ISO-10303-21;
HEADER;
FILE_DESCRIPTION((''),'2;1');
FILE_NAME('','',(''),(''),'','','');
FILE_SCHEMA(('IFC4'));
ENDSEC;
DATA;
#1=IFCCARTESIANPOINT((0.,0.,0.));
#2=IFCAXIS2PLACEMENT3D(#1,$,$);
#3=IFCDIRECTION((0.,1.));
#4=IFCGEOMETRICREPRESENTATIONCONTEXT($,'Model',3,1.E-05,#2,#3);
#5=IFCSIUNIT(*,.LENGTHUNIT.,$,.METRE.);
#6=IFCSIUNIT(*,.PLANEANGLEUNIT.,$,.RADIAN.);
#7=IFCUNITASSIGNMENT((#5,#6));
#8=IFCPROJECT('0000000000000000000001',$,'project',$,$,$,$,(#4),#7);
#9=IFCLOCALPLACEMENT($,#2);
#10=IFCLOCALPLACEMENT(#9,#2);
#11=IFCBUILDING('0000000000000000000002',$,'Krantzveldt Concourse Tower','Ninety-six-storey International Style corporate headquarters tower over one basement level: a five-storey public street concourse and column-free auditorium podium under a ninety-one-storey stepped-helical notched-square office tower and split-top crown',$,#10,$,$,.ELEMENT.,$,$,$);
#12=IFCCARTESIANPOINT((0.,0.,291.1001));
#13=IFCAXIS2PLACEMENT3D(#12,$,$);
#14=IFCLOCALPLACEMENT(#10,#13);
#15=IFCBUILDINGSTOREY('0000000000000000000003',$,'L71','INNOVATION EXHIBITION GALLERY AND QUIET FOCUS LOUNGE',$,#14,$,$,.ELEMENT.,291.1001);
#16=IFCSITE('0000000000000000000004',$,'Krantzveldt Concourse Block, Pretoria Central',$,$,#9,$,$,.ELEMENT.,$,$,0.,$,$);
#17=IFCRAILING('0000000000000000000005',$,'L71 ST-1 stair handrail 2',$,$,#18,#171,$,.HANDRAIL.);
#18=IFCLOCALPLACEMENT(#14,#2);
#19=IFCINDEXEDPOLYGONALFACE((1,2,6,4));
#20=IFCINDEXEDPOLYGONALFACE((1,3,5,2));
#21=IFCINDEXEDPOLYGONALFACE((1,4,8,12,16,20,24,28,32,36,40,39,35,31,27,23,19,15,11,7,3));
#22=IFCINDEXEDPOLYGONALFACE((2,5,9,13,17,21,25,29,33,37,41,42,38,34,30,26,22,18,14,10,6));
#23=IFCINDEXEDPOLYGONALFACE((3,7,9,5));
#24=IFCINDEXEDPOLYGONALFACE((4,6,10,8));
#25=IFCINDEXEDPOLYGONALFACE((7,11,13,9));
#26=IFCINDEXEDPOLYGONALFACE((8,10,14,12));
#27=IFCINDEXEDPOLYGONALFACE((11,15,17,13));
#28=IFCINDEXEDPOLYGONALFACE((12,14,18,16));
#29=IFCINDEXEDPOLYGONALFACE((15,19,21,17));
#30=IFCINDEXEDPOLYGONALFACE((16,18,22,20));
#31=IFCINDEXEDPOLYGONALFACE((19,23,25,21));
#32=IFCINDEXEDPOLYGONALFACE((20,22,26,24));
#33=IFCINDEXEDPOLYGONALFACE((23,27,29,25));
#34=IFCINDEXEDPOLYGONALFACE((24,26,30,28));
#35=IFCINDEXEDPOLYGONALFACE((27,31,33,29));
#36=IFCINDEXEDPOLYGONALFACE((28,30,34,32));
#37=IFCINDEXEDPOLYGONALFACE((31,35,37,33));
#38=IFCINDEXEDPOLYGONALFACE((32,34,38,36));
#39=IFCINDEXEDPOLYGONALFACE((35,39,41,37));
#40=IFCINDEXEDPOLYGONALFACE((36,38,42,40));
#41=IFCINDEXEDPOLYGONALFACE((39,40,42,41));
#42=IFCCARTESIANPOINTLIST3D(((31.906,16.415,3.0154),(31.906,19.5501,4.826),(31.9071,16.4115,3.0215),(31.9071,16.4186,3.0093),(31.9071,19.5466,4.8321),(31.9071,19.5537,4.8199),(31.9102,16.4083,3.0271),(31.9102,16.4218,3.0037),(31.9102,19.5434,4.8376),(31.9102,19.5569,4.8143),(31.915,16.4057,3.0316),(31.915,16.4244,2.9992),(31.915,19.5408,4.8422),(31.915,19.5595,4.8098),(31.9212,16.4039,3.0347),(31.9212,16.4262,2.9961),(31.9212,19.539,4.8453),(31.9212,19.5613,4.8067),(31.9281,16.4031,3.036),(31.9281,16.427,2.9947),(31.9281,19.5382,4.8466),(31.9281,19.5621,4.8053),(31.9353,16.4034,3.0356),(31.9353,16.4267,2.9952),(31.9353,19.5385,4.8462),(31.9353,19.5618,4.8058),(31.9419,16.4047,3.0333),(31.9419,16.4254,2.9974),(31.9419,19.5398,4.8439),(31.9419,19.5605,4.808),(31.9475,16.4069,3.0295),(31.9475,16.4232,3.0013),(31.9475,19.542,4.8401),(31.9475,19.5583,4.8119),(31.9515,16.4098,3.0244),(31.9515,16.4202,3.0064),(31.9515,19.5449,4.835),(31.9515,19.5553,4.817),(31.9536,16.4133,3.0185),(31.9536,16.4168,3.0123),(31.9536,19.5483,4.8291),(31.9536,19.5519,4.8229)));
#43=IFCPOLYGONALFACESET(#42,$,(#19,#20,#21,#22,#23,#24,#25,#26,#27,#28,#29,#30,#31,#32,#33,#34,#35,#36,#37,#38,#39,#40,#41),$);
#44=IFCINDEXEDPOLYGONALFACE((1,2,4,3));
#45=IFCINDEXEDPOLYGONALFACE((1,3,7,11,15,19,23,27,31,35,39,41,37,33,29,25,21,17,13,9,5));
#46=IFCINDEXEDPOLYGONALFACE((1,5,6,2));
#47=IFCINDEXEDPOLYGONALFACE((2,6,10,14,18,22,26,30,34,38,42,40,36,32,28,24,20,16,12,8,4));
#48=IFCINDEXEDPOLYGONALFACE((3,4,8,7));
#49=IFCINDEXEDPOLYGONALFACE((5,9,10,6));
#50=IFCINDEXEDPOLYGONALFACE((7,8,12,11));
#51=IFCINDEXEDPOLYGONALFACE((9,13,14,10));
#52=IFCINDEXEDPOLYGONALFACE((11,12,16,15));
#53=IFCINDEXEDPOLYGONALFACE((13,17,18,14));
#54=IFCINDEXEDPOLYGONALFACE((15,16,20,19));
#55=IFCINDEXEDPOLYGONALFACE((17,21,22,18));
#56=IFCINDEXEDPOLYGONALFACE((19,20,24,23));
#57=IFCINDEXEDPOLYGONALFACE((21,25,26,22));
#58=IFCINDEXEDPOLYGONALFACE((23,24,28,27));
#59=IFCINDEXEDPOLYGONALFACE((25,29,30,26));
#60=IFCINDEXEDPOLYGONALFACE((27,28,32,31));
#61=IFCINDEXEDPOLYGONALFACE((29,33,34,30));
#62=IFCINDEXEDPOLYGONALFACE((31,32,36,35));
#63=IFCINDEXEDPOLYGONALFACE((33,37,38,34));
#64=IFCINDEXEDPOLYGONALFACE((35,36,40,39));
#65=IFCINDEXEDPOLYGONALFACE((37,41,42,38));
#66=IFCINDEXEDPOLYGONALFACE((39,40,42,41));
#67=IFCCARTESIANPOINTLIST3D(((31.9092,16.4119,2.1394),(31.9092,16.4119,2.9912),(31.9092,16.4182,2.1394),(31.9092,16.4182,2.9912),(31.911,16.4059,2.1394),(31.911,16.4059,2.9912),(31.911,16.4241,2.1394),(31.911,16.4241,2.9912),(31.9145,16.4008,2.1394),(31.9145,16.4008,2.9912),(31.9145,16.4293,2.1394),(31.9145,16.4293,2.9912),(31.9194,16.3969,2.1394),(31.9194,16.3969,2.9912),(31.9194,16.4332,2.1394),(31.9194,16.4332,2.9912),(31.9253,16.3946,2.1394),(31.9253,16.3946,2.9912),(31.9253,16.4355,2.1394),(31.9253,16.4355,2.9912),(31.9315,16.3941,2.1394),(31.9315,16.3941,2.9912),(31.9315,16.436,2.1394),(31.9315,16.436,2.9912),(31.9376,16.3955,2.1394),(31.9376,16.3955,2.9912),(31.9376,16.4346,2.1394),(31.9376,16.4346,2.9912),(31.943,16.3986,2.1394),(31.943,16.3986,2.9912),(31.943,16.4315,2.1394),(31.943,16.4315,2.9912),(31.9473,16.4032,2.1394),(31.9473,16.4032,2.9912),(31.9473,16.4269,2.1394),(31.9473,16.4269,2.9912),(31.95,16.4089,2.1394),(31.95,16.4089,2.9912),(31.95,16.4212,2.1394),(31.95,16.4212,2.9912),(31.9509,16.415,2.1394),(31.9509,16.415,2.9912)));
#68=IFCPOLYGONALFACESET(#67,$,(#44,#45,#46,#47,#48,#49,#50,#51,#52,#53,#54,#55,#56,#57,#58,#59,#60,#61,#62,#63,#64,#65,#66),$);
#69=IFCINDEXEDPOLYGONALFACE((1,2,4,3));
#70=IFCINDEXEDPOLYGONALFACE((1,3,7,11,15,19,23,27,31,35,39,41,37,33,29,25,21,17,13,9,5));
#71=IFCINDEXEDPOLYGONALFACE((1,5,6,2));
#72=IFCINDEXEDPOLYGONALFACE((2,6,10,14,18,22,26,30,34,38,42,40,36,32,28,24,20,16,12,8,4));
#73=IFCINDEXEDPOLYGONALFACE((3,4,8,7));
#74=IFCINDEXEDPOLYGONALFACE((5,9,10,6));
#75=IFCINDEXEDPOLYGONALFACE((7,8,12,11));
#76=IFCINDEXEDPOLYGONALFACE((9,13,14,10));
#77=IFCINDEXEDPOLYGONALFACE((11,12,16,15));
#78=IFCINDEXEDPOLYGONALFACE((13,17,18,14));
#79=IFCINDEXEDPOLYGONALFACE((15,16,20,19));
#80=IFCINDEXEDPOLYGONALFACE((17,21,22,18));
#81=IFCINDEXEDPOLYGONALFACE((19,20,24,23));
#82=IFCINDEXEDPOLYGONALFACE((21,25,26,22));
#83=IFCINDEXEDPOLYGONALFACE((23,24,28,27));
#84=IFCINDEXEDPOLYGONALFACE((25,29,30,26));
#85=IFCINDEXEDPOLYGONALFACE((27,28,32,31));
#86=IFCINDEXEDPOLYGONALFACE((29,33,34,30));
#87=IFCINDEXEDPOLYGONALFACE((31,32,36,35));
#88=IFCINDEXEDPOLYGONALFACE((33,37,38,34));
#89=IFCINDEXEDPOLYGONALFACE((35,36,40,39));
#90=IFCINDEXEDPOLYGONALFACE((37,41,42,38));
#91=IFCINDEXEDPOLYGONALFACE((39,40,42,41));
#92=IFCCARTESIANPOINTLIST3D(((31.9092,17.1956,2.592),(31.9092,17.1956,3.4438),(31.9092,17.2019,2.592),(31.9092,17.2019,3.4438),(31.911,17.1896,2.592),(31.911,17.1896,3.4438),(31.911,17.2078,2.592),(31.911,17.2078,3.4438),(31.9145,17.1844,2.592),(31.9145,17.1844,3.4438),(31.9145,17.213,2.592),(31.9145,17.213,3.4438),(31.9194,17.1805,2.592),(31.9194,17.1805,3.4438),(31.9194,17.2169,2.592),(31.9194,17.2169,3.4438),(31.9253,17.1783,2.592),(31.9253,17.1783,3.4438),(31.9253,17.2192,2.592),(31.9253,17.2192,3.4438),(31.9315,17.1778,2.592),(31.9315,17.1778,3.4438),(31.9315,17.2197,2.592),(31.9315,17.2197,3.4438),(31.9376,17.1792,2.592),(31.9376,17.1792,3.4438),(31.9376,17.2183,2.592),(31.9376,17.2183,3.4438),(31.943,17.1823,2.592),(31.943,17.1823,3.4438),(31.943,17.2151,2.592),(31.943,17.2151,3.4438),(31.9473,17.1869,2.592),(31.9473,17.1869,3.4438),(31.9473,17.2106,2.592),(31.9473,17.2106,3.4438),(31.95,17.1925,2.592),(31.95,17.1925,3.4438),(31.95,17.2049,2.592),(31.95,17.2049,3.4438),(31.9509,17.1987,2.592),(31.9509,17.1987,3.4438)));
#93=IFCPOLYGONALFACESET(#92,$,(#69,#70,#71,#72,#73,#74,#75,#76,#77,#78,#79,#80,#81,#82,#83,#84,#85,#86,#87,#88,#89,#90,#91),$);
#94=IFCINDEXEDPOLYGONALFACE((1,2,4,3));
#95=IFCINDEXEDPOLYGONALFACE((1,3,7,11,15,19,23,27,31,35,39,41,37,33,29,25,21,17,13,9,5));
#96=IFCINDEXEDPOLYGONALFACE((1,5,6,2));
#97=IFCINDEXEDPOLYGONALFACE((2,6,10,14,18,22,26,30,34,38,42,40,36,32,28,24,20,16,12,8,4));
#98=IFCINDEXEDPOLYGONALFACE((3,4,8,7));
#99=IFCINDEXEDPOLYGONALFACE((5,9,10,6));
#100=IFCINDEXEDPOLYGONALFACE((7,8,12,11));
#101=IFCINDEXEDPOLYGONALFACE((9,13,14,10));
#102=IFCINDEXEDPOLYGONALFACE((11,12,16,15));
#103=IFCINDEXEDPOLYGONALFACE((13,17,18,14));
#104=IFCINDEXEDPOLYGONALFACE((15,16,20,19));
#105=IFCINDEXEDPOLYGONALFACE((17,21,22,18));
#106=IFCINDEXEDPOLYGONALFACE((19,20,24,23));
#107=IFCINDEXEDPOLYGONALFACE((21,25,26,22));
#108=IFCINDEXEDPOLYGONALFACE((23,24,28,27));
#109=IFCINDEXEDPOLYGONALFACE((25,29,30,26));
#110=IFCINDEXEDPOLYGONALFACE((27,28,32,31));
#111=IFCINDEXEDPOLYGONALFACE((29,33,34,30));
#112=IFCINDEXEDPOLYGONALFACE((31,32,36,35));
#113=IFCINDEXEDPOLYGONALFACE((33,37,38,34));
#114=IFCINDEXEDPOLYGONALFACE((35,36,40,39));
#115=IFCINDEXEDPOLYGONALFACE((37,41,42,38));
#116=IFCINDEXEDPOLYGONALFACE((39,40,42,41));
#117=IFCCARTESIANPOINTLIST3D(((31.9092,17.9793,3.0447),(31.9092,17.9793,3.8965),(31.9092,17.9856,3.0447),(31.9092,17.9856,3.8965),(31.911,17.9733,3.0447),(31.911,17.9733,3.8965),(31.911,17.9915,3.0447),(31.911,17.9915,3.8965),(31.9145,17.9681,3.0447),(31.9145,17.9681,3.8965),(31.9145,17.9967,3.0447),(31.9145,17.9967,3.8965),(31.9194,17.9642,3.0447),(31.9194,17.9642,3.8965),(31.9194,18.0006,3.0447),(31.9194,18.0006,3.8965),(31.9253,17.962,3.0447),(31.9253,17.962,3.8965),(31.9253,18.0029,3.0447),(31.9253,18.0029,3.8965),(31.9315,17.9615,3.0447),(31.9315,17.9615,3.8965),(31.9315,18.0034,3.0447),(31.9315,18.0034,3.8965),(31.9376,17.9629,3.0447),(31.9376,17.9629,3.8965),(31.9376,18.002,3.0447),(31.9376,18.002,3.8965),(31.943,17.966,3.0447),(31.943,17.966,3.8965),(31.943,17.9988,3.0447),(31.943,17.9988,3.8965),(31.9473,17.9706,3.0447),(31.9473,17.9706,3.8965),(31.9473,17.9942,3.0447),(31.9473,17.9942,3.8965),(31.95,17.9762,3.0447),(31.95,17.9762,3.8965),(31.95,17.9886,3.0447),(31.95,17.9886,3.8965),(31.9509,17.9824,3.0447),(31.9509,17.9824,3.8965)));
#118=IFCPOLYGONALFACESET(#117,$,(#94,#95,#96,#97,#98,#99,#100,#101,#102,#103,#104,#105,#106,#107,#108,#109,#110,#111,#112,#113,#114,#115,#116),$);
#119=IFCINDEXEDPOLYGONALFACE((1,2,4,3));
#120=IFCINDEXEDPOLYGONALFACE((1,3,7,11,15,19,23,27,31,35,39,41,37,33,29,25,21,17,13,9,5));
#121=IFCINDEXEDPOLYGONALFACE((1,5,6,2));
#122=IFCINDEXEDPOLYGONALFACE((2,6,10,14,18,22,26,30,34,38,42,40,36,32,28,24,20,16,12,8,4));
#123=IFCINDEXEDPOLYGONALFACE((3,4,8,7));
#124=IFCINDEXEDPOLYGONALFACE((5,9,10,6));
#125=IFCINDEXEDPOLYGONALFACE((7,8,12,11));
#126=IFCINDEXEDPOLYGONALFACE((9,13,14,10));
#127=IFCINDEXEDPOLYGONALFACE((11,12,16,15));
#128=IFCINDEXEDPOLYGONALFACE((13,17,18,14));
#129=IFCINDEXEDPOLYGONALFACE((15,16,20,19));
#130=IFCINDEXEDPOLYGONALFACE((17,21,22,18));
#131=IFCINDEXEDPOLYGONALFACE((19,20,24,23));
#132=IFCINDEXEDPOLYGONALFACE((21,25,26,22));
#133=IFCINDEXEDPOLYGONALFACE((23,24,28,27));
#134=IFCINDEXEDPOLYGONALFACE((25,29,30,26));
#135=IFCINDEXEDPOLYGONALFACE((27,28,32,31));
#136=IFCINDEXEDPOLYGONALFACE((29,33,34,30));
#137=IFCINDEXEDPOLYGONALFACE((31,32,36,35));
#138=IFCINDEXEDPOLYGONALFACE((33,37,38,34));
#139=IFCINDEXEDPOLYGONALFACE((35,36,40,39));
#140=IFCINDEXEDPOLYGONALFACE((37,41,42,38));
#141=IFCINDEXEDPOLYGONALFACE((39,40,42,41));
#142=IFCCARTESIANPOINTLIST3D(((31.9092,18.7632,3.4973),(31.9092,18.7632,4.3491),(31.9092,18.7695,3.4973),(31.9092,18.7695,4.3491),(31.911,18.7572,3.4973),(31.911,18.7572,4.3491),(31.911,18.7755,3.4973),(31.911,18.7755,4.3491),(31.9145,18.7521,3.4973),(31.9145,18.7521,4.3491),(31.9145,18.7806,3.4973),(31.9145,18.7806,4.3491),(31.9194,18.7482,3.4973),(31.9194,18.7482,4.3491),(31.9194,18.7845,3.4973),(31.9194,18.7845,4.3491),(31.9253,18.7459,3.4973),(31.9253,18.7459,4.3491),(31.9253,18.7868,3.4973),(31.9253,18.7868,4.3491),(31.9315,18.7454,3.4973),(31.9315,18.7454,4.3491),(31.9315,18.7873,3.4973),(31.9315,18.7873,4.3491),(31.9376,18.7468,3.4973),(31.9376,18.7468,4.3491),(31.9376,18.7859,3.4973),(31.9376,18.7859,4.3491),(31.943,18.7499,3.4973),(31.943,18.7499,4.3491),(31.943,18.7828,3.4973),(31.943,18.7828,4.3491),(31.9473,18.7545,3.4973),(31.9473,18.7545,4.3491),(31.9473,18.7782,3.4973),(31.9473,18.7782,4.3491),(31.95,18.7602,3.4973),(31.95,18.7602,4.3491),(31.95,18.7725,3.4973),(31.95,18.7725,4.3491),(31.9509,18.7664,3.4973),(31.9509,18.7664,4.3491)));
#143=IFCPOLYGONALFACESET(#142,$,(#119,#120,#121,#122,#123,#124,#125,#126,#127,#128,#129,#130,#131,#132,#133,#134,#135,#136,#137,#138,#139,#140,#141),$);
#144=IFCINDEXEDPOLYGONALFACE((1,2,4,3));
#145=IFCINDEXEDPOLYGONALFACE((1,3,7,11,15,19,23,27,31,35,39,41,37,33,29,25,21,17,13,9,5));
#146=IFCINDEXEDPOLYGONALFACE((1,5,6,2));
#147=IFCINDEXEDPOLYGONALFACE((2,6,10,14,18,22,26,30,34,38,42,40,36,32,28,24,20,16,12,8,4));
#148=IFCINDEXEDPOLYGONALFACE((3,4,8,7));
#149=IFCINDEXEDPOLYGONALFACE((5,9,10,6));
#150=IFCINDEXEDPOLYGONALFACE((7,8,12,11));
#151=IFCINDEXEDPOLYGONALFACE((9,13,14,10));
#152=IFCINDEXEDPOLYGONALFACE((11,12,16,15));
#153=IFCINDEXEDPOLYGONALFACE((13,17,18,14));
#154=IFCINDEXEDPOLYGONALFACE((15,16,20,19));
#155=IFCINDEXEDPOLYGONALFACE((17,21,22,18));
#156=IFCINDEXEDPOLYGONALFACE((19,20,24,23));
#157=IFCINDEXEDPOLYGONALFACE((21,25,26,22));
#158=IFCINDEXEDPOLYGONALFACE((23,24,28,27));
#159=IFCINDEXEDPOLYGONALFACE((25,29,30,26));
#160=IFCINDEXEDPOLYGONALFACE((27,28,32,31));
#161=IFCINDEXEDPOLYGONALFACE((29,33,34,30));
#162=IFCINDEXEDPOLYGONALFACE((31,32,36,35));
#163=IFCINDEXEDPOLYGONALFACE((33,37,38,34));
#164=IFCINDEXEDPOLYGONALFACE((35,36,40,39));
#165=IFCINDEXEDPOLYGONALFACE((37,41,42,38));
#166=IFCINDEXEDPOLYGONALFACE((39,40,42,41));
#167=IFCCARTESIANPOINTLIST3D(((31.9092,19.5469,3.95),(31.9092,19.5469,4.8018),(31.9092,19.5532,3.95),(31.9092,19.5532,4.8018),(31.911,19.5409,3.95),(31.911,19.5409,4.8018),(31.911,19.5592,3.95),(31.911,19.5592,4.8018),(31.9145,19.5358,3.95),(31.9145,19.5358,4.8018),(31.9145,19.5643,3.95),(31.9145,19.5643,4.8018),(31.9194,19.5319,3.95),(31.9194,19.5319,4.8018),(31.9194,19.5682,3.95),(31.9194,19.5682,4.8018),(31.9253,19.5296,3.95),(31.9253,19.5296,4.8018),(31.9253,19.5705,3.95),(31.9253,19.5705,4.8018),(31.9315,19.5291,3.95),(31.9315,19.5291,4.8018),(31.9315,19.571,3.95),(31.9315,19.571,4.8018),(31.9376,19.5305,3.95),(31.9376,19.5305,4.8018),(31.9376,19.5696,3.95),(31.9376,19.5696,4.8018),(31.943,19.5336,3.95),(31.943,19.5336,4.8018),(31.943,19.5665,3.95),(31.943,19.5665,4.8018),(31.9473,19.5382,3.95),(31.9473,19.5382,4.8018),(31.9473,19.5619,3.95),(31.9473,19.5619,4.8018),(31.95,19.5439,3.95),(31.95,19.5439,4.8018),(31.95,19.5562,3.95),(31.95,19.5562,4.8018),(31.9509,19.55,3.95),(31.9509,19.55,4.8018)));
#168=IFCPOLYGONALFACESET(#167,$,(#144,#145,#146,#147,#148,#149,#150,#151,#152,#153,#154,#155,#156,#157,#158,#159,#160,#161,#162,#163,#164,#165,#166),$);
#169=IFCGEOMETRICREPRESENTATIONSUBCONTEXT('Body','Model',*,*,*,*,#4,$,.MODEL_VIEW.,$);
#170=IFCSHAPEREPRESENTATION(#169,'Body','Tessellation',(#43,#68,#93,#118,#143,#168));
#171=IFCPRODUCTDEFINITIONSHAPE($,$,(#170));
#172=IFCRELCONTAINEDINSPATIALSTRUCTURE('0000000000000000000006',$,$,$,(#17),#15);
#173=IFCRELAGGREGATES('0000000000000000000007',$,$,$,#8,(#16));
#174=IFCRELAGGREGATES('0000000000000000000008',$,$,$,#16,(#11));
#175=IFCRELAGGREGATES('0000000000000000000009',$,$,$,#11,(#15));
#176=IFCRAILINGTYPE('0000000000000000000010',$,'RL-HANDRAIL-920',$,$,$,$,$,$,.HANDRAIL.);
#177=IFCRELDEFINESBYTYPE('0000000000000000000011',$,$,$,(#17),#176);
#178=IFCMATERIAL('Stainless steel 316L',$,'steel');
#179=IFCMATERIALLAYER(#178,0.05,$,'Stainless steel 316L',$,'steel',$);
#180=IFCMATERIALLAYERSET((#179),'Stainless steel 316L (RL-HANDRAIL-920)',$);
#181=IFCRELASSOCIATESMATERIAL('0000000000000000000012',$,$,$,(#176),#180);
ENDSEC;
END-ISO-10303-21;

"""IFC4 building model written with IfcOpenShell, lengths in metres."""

from ifc_helpers import new_model, si_unit, direction, frame, origin, origin_2d, place, context, subcontext, project, spatial, circle, extrude, material, layer, layer_set, type_object, element, save


model = new_model("IFC4")

# Units and contexts
model_context = context("Model", 3, precision=1e-05, world=origin(), true_north=direction((0.0, 1.0)))
body_context = subcontext(model_context, "Body", "Model", "MODEL_VIEW")
ifc_project = project(units=[si_unit("LENGTHUNIT", "METRE"), si_unit("PLANEANGLEUNIT", "RADIAN")], contexts=[model_context])

# Site, building, storey
site_placement = place(None, origin())
site = spatial("IfcSite", under=ifc_project, at=site_placement, Name="Krantzveldt Concourse Block, Pretoria Central", CompositionType="ELEMENT", RefElevation=0.0)
building_placement = place(site_placement, origin())
building = spatial("IfcBuilding", under=site, at=building_placement, Name="Krantzveldt Concourse Tower", Description="Ninety-six-storey International Style corporate headquarters tower over one basement level: a five-storey public street concourse and column-free auditorium podium under a ninety-one-storey stepped-helical notched-square office tower and split-top crown", CompositionType="ELEMENT")
storey_placement = place(building_placement, frame((0.0, 0.0, 291.1001)))
storey = spatial("IfcBuildingStorey", under=building, at=storey_placement, Name="L71", Description="INNOVATION EXHIBITION GALLERY AND QUIET FOCUS LOUNGE", CompositionType="ELEMENT", Elevation=291.1001)

# Railing
ifc_material_1 = material(Name="Stainless steel 316L", Category="steel")
ifc_layer_1 = layer(ifc_material_1, 0.05, Name="Stainless steel 316L", Category="steel")
ifc_layer_set_1 = layer_set([ifc_layer_1], Name="Stainless steel 316L (RL-HANDRAIL-920)")
railing_type_1 = type_object("IfcRailingType", Name="RL-HANDRAIL-920", PredefinedType="HANDRAIL", material=ifc_layer_set_1)
railing_1_placement = place(storey_placement, frame((31.9299, 16.415, 2.1394)))
element("IfcRailing", 1, at=railing_1_placement, inside=storey, type_object=railing_type_1, Name="L71 ST-1 stair handrail 2", PredefinedType="HANDRAIL", context=body_context, shape_type="SweptSolid", body=[
    extrude(circle(Radius=0.0239, at=origin_2d()), frame((0.0, 0.0, 0.876), z_axis=(0.0, 0.86596, 0.500114), x_axis=(-1.0, 0.0, 0.0)), (0.0, 0.0, 1.0), 3.6204),
    extrude(circle(Radius=0.021, at=origin_2d()), origin(), (0.0, 0.0, 1.0), 0.8518),
    extrude(circle(Radius=0.021, at=origin_2d()), frame((0.0, 0.7837, 0.4526)), (0.0, 0.0, 1.0), 0.8518),
    extrude(circle(Radius=0.021, at=origin_2d()), frame((0.0, 1.5674, 0.9053)), (0.0, 0.0, 1.0), 0.8518),
    extrude(circle(Radius=0.021, at=origin_2d()), frame((0.0, 2.3513, 1.3579)), (0.0, 0.0, 1.0), 0.8518),
    extrude(circle(Radius=0.021, at=origin_2d()), frame((0.0, 3.135, 1.8105)), (0.0, 0.0, 1.0), 0.8518),
])

save(model, "model.ifc")
